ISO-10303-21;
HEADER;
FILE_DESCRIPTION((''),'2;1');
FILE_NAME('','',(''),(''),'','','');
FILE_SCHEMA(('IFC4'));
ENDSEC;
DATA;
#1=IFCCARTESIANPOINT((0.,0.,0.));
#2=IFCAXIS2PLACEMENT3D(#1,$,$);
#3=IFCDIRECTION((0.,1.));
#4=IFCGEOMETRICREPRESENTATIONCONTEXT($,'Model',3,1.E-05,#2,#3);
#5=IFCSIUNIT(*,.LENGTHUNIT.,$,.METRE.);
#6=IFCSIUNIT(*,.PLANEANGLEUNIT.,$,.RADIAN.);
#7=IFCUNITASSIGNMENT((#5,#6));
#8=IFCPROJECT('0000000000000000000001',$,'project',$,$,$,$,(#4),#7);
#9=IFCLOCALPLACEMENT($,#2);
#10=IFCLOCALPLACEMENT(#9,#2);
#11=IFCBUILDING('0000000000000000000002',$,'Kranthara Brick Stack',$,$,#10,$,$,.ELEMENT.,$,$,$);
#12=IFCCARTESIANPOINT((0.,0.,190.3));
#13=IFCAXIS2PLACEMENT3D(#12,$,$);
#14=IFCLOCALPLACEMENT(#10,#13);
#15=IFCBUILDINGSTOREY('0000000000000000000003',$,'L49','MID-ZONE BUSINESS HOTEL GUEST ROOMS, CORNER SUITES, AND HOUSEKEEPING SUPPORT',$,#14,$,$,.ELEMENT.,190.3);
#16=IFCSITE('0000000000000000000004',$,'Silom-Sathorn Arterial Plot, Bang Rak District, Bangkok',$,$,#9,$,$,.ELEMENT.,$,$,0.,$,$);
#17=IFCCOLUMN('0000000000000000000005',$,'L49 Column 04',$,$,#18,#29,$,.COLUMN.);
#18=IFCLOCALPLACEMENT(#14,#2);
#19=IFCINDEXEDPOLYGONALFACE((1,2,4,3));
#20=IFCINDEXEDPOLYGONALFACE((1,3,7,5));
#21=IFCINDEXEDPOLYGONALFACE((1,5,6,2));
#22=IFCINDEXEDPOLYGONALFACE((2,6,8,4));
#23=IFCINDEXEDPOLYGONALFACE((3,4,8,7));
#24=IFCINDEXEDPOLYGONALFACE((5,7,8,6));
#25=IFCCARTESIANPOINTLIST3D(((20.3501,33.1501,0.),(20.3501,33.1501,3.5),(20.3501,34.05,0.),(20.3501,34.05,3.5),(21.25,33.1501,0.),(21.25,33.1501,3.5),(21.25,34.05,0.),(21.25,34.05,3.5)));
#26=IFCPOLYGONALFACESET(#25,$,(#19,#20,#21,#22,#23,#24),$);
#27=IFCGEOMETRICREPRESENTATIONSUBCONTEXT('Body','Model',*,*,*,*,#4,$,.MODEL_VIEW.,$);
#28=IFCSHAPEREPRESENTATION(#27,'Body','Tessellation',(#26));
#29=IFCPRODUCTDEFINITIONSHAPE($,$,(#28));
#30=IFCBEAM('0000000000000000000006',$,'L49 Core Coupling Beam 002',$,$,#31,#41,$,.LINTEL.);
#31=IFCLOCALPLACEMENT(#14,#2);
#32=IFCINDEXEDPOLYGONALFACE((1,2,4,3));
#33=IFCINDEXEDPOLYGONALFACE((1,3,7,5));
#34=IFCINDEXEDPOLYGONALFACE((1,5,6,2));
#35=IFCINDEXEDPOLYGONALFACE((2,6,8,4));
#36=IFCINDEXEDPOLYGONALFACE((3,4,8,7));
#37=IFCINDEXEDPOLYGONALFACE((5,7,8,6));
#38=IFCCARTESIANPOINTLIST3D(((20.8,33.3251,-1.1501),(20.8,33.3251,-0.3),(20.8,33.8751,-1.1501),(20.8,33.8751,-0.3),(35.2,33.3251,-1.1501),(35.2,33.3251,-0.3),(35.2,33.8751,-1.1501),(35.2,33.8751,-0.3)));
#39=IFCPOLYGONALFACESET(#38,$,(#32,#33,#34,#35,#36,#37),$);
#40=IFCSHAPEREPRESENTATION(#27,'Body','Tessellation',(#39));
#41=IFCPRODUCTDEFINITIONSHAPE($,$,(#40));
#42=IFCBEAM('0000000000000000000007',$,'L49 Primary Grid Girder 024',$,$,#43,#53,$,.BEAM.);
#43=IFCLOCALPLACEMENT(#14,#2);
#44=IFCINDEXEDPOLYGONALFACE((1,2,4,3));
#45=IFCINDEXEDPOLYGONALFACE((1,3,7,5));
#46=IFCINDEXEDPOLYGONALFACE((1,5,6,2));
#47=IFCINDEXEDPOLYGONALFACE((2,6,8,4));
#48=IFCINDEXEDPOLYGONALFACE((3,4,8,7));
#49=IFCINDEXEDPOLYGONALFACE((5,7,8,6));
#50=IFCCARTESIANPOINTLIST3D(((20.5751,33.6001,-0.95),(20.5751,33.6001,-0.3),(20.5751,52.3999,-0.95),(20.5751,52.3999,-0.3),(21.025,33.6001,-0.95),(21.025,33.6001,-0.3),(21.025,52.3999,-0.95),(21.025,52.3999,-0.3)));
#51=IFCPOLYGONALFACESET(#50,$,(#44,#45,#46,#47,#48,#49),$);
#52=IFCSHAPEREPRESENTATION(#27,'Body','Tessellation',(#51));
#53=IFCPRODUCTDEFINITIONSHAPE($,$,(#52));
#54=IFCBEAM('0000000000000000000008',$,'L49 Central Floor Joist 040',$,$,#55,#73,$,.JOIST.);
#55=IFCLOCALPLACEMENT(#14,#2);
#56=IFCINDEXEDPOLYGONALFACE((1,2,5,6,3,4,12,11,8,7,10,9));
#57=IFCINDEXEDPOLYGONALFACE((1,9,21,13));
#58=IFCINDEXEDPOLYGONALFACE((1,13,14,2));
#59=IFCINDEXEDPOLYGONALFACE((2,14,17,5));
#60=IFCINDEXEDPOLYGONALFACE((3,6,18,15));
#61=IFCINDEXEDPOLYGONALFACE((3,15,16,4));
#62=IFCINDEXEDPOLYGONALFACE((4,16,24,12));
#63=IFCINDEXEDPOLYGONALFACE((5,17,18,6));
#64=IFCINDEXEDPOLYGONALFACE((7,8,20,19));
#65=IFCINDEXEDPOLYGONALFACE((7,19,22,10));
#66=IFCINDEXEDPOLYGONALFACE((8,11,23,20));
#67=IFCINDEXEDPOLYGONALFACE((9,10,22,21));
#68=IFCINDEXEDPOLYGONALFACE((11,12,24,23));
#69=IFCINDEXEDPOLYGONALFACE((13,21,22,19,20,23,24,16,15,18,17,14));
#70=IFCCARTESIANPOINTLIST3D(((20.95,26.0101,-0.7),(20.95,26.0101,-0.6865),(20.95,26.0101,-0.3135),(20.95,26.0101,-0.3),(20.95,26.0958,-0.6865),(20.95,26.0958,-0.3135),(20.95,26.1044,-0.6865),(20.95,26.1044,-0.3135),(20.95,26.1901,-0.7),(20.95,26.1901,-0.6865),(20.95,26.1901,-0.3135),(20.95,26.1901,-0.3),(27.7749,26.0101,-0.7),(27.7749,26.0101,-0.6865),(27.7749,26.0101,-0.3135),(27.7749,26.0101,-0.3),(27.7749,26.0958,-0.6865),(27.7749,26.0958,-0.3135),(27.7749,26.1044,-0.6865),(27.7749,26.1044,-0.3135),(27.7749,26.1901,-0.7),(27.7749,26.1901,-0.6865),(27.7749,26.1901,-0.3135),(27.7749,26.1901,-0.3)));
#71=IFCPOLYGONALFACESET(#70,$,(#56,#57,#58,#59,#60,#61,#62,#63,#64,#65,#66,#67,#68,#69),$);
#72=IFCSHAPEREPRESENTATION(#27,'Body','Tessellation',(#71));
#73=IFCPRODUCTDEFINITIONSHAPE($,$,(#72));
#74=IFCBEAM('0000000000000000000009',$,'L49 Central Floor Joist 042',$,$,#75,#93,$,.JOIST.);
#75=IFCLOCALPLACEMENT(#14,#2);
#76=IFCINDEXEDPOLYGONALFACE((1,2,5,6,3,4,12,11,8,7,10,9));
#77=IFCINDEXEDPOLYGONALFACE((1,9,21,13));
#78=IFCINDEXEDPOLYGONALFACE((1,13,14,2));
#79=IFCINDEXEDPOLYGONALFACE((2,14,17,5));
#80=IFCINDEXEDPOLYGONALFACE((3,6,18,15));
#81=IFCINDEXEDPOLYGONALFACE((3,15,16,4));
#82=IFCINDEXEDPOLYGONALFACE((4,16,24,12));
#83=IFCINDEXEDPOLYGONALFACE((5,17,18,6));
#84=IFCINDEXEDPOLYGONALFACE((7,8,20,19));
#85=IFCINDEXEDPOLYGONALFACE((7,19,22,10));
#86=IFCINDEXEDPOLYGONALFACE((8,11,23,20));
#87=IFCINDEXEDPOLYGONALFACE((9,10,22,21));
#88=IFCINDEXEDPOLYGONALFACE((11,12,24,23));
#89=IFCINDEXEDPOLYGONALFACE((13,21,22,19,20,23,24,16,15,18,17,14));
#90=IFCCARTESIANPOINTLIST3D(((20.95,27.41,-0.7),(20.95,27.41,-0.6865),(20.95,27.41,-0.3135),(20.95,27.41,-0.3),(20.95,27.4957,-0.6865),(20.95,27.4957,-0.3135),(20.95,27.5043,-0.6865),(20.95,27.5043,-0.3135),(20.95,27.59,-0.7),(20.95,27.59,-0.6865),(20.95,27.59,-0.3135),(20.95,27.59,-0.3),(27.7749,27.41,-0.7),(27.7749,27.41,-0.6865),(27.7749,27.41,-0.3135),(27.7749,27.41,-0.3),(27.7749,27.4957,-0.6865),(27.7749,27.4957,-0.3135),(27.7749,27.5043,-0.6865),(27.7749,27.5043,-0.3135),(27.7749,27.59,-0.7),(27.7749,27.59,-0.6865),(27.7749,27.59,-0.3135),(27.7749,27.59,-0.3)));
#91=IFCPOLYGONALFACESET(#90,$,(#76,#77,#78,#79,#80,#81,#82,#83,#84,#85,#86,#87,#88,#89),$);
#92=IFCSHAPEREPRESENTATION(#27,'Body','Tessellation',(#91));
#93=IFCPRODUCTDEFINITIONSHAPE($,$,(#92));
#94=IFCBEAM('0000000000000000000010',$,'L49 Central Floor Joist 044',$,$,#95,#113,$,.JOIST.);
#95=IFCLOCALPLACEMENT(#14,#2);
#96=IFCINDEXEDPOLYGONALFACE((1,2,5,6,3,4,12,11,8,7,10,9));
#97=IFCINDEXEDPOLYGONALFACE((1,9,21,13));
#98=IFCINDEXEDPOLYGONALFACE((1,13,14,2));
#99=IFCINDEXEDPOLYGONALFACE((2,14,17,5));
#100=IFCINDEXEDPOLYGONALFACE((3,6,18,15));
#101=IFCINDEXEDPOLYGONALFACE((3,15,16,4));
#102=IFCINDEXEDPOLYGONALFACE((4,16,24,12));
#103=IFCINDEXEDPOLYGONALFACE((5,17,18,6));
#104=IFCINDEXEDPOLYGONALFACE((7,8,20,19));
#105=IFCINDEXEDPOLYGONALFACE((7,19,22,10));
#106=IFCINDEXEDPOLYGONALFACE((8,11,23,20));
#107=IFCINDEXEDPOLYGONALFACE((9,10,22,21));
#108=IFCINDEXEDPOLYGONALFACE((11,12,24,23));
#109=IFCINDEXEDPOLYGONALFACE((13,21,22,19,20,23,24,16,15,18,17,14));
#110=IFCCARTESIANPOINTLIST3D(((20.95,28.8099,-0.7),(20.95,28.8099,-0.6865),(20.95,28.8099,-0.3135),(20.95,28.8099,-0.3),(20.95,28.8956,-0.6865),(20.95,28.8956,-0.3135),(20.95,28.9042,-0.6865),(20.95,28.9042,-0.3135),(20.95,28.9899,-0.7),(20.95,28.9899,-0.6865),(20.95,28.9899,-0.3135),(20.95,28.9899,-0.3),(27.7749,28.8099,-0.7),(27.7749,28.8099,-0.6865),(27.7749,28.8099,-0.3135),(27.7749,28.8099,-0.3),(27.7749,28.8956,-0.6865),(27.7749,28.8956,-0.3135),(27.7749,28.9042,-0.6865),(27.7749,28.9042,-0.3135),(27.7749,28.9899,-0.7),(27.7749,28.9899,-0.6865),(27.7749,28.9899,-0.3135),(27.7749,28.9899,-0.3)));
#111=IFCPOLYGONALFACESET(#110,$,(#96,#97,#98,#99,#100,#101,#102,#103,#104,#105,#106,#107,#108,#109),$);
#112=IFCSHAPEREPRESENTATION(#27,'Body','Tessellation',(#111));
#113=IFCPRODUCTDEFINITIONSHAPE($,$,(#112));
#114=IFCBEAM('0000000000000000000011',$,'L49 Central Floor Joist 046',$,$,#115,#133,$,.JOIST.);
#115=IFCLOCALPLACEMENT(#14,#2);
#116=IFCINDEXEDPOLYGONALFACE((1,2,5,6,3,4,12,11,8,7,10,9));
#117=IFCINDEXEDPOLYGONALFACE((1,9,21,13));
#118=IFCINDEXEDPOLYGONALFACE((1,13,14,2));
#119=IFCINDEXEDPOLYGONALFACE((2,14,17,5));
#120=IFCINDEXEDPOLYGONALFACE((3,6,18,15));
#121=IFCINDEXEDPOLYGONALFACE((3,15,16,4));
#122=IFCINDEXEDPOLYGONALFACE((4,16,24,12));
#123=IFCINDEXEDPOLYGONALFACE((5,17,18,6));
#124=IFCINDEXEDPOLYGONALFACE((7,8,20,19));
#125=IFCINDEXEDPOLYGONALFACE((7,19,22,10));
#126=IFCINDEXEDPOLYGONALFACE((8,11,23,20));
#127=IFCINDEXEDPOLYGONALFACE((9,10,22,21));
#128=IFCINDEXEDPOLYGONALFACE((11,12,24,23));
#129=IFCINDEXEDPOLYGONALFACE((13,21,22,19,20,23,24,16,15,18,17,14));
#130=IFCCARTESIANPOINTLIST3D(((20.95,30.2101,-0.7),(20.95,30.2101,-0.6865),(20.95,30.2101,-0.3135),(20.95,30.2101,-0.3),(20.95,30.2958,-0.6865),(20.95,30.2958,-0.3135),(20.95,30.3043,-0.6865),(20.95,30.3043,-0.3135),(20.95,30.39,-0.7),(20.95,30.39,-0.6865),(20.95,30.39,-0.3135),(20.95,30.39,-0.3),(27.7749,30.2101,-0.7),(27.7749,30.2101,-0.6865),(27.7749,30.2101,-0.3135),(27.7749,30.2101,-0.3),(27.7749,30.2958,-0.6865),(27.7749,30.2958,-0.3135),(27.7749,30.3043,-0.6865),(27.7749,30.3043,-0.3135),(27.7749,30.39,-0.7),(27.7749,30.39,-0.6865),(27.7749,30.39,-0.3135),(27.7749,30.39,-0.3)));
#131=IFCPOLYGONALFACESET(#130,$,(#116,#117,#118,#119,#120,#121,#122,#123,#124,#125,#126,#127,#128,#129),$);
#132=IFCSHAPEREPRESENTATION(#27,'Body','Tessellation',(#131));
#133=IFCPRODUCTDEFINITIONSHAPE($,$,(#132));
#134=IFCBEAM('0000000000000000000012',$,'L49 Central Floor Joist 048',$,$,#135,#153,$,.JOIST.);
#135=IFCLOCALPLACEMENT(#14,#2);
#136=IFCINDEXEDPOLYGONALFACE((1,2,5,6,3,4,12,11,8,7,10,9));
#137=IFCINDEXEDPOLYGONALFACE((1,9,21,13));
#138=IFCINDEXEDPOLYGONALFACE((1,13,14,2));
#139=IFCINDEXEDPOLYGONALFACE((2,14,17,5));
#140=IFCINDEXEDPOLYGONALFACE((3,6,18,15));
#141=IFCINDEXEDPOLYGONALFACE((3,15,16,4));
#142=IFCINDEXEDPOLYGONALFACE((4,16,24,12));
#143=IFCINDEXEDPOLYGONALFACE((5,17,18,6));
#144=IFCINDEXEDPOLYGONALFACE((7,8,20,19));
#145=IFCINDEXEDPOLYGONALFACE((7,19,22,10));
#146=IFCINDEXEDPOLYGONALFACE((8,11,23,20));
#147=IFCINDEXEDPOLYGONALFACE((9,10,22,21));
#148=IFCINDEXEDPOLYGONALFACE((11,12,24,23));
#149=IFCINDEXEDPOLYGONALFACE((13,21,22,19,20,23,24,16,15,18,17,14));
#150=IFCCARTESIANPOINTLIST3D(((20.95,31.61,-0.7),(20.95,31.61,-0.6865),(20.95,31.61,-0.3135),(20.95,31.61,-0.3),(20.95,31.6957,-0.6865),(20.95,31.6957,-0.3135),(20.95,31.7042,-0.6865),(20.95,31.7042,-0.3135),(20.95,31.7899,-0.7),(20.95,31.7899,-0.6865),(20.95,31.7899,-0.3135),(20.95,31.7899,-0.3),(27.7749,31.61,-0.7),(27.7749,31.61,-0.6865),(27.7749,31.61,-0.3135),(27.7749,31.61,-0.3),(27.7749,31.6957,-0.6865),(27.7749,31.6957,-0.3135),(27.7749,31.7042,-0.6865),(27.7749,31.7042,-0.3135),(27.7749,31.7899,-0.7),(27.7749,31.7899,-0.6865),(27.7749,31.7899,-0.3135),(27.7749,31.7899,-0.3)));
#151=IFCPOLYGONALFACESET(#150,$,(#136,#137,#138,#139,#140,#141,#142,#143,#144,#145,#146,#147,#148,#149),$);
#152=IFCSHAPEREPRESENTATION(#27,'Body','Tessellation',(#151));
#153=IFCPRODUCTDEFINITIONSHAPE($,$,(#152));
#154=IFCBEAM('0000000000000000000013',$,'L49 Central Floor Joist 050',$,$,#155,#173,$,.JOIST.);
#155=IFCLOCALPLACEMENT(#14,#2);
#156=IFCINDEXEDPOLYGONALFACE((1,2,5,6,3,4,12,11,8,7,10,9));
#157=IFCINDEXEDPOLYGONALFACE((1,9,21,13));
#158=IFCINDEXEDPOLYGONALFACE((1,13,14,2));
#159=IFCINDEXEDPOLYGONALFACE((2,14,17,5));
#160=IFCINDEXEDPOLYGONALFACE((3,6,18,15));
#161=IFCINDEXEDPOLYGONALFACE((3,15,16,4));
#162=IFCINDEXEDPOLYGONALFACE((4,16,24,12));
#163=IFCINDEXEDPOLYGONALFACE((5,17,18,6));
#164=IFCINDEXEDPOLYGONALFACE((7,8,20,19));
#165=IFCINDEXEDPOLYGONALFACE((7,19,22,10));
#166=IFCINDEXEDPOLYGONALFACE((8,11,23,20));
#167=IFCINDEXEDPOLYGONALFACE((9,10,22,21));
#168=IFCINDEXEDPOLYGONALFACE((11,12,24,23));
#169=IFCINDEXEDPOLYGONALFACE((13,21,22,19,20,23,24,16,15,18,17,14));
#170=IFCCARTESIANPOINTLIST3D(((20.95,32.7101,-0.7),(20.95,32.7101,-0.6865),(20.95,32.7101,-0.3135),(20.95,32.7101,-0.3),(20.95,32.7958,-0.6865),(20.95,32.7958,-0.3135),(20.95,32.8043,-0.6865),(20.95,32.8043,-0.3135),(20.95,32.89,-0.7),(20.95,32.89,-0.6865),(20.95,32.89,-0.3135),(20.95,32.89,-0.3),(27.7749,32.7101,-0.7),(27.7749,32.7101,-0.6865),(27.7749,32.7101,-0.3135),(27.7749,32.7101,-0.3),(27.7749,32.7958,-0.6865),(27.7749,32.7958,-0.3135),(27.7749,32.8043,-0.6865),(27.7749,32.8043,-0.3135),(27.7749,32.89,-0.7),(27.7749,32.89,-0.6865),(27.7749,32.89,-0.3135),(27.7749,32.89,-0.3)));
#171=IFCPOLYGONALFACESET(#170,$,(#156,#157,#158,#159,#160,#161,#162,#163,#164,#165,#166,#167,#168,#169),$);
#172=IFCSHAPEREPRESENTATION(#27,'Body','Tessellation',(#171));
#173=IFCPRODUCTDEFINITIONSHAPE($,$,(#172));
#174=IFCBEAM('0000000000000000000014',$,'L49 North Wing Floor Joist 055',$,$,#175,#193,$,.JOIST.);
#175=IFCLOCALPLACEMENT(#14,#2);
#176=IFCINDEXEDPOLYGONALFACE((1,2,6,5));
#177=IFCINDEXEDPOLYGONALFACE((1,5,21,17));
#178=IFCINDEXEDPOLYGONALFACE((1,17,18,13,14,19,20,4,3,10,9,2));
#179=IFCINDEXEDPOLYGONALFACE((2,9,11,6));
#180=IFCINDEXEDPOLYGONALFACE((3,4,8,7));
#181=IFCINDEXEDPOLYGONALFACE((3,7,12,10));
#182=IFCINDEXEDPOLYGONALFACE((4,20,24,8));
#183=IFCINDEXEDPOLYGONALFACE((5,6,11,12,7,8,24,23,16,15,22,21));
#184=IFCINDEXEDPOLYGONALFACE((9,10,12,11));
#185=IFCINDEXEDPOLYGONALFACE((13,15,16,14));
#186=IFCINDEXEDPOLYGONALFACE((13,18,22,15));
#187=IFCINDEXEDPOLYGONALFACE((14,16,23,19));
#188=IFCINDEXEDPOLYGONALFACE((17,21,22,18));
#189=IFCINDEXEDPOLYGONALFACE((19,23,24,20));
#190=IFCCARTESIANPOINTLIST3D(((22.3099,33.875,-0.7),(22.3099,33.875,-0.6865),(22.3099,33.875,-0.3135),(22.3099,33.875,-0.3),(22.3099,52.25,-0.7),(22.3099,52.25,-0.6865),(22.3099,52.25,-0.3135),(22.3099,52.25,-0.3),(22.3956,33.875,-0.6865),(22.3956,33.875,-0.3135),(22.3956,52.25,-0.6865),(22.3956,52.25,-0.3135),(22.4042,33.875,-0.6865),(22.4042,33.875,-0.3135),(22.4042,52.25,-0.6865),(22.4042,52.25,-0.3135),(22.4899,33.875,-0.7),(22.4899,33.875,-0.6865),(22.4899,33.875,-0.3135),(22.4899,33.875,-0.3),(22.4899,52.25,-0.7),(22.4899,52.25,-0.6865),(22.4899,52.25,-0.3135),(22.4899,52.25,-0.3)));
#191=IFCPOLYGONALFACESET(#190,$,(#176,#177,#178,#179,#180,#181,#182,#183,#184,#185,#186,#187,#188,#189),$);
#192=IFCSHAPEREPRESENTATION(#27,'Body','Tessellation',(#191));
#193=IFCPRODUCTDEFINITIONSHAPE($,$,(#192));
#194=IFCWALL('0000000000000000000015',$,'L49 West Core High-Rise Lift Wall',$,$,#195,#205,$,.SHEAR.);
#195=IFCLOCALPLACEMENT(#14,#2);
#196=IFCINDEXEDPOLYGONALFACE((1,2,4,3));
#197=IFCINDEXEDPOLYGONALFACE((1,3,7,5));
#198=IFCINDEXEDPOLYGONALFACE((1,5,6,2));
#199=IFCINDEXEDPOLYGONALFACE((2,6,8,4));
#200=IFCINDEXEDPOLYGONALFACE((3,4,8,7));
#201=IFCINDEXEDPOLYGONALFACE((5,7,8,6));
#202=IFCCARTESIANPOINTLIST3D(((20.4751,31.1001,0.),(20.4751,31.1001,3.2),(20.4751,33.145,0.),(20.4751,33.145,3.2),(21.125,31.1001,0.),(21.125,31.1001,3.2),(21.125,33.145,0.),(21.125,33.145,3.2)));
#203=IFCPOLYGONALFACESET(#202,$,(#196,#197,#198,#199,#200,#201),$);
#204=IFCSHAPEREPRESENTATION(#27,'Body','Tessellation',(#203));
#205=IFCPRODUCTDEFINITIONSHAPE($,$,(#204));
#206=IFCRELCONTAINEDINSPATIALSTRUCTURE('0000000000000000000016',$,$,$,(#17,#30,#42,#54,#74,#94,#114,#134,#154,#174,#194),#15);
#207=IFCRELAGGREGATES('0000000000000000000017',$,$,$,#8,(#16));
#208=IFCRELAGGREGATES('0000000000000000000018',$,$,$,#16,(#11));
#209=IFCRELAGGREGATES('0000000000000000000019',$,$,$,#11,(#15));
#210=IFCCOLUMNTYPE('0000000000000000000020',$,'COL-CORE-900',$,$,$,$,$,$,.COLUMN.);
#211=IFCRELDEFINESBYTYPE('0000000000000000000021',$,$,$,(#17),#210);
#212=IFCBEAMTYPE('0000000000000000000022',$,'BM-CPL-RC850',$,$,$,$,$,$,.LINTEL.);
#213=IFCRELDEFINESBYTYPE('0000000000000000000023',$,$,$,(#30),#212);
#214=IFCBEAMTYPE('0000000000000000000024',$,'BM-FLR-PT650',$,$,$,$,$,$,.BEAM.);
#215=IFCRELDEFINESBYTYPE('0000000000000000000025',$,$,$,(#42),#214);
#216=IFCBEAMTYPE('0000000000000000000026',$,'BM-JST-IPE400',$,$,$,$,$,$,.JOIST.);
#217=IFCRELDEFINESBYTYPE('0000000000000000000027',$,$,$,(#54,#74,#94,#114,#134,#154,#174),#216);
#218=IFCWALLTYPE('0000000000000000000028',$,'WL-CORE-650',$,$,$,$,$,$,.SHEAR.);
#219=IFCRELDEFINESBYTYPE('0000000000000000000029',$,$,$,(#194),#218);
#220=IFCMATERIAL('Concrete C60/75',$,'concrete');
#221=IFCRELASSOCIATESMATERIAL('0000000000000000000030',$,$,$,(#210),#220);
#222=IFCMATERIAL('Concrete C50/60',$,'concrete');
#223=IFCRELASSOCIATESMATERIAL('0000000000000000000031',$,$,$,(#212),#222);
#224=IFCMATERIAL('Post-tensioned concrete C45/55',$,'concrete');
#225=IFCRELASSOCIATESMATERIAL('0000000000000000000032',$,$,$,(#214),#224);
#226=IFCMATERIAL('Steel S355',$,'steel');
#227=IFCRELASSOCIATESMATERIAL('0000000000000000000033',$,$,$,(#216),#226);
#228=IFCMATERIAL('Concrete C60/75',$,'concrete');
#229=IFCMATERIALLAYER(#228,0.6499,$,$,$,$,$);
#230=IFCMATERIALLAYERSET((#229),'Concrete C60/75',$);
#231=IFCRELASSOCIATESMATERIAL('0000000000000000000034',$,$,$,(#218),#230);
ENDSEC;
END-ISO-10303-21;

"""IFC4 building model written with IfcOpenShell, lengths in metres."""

from ifc_helpers import new_model, si_unit, direction, frame, frame_2d, origin, origin_2d, place, context, subcontext, project, spatial, rectangle, i_section, extrude, material, layer, layer_set, material_profile, profile_set, type_object, element, save


model = new_model("IFC4")

# Units and contexts
model_context = context("Model", 3, precision=1e-05, world=origin(), true_north=direction((0.0, 1.0)))
body_context = subcontext(model_context, "Body", "Model", "MODEL_VIEW")
ifc_project = project(units=[si_unit("LENGTHUNIT", "METRE"), si_unit("PLANEANGLEUNIT", "RADIAN")], contexts=[model_context])

# Site, building, storey
site_placement = place(None, origin())
site = spatial("IfcSite", under=ifc_project, at=site_placement, Name="Silom-Sathorn Arterial Plot, Bang Rak District, Bangkok", CompositionType="ELEMENT", RefElevation=0.0)
building_placement = place(site_placement, origin())
building = spatial("IfcBuilding", under=site, at=building_placement, Name="Kranthara Brick Stack", CompositionType="ELEMENT")
storey_placement = place(building_placement, frame((0.0, 0.0, 190.3)))
storey = spatial("IfcBuildingStorey", under=building, at=storey_placement, Name="L49", Description="MID-ZONE BUSINESS HOTEL GUEST ROOMS, CORNER SUITES, AND HOUSEKEEPING SUPPORT", CompositionType="ELEMENT", Elevation=190.3)

# Column
ifc_material_1 = material(Name="Concrete C60/75", Category="concrete")
ifc_material_profile_1 = material_profile(ifc_material_1, rectangle(XDim=0.8999, YDim=0.8999, at=origin_2d()), Name="RC 900x900")
ifc_profile_set_1 = profile_set([ifc_material_profile_1], Name="Concrete C60/75")
column_type = type_object("IfcColumnType", Name="COL-CORE-900", PredefinedType="COLUMN", material=ifc_profile_set_1)
column_placement = place(storey_placement, frame((20.8, 33.6001, 0.0), z_axis=(0.0, 0.0, 1.0), x_axis=(1.0, 0.0, 0.0)))
element("IfcColumn", 1, at=column_placement, inside=storey, type_object=column_type, Name="L49 Column 04", PredefinedType="COLUMN", context=body_context, shape_type="SweptSolid", body=[
    extrude(rectangle(XDim=0.8999, YDim=0.8999, at=origin_2d()), origin(), (0.0, 0.0, 1.0), 3.5),
])

# Beams
ifc_material_2 = material(Name="Concrete C50/60", Category="concrete")
ifc_material_profile_2 = material_profile(ifc_material_2, rectangle(XDim=0.55, YDim=0.8501, at=origin_2d()), Name="RC 550x850")
ifc_profile_set_2 = profile_set([ifc_material_profile_2], Name="Concrete C50/60")
beam_type_1 = type_object("IfcBeamType", Name="BM-CPL-RC850", PredefinedType="LINTEL", material=ifc_profile_set_2)
beam_1_placement = place(storey_placement, frame((20.8, 33.6001, -0.7251), z_axis=(1.0, 0.0, 0.0), x_axis=(0.0, 1.0, 0.0)))
element("IfcBeam", 2, at=beam_1_placement, inside=storey, type_object=beam_type_1, Name="L49 Core Coupling Beam 002", PredefinedType="LINTEL", context=body_context, shape_type="SweptSolid", body=[
    extrude(rectangle(XDim=0.55, YDim=0.8501, at=origin_2d()), origin(), (0.0, 0.0, 1.0), 14.3999),
])
ifc_material_3 = material(Name="Post-tensioned concrete C45/55", Category="concrete")
ifc_material_profile_3 = material_profile(ifc_material_3, rectangle(XDim=0.45, YDim=0.6499, at=origin_2d()), Name="PT 450x650")
ifc_profile_set_3 = profile_set([ifc_material_profile_3], Name="Post-tensioned concrete C45/55")
beam_type_2 = type_object("IfcBeamType", Name="BM-FLR-PT650", PredefinedType="BEAM", material=ifc_profile_set_3)
beam_2_placement = place(storey_placement, frame((20.8, 33.6001, -0.625), z_axis=(0.0, 1.0, 0.0), x_axis=(-1.0, 0.0, 0.0)))
element("IfcBeam", 3, at=beam_2_placement, inside=storey, type_object=beam_type_2, Name="L49 Primary Grid Girder 024", PredefinedType="BEAM", context=body_context, shape_type="SweptSolid", body=[
    extrude(rectangle(XDim=0.45, YDim=0.6499, at=origin_2d()), origin(), (0.0, 0.0, 1.0), 18.7998),
])
ifc_material_4 = material(Name="Steel S355", Category="steel")
ifc_material_profile_4 = material_profile(ifc_material_4, i_section(OverallWidth=0.1799, OverallDepth=0.3999, WebThickness=0.0085, FlangeThickness=0.0134, at=origin_2d()), Name="IPE 400")
ifc_profile_set_4 = profile_set([ifc_material_profile_4], Name="Steel S355")
beam_type_3 = type_object("IfcBeamType", Name="BM-JST-IPE400", PredefinedType="JOIST", material=ifc_profile_set_4)
for number, where, z_axis, x_axis, name in (
    (4, (20.95, 26.1001, -0.5), (1.0, 0.0, 0.0), (0.0, 1.0, 0.0), "L49 Central Floor Joist 040"),
    (5, (20.95, 27.5, -0.5), (1.0, 0.0, 0.0), (0.0, 1.0, 0.0), "L49 Central Floor Joist 042"),
    (6, (20.95, 28.8999, -0.5), (1.0, 0.0, 0.0), (0.0, 1.0, 0.0), "L49 Central Floor Joist 044"),
    (7, (20.95, 30.3, -0.5), (1.0, 0.0, 0.0), (0.0, 1.0, 0.0), "L49 Central Floor Joist 046"),
    (8, (20.95, 31.7, -0.5), (1.0, 0.0, 0.0), (0.0, 1.0, 0.0), "L49 Central Floor Joist 048"),
    (9, (20.95, 32.8, -0.5), (1.0, 0.0, 0.0), (0.0, 1.0, 0.0), "L49 Central Floor Joist 050"),
):
    element("IfcBeam", number, at=place(storey_placement, frame(where, z_axis=z_axis, x_axis=x_axis)), inside=storey, type_object=beam_type_3, Name=name, PredefinedType="JOIST", context=body_context, shape_type="SweptSolid", body=[
        extrude(i_section(OverallWidth=0.1799, OverallDepth=0.3999, WebThickness=0.0085, FlangeThickness=0.0134, at=origin_2d()), origin(), (0.0, 0.0, 1.0), 6.825),
    ])
beam_3_placement = place(storey_placement, frame((22.3999, 33.875, -0.5), z_axis=(0.0, 1.0, 0.0), x_axis=(-1.0, 0.0, 0.0)))
element("IfcBeam", 10, at=beam_3_placement, inside=storey, type_object=beam_type_3, Name="L49 North Wing Floor Joist 055", PredefinedType="JOIST", context=body_context, shape_type="SweptSolid", body=[
    extrude(i_section(OverallWidth=0.1799, OverallDepth=0.3999, WebThickness=0.0085, FlangeThickness=0.0134, at=origin_2d()), origin(), (0.0, 0.0, 1.0), 18.375),
])

# Wall
ifc_material_5 = material(Name="Concrete C60/75", Category="concrete")
ifc_layer_1 = layer(ifc_material_5, 0.6499)
ifc_layer_set_1 = layer_set([ifc_layer_1], Name="Concrete C60/75")
wall_type_1 = type_object("IfcWallType", Name="WL-CORE-650", PredefinedType="SHEAR", material=ifc_layer_set_1)
wall_1_placement = place(storey_placement, frame((20.8, 31.1001, 0.0), z_axis=(0.0, 0.0, 1.0), x_axis=(0.0, 1.0, 0.0)))
element("IfcWall", 11, at=wall_1_placement, inside=storey, type_object=wall_type_1, Name="L49 West Core High-Rise Lift Wall", PredefinedType="SHEAR", context=body_context, shape_type="SweptSolid", body=[
    extrude(rectangle(XDim=2.0449, YDim=0.6499, at=frame_2d((1.0225, 0.0))), origin(), (0.0, 0.0, 1.0), 3.2),
])

save(model, "model.ifc")
